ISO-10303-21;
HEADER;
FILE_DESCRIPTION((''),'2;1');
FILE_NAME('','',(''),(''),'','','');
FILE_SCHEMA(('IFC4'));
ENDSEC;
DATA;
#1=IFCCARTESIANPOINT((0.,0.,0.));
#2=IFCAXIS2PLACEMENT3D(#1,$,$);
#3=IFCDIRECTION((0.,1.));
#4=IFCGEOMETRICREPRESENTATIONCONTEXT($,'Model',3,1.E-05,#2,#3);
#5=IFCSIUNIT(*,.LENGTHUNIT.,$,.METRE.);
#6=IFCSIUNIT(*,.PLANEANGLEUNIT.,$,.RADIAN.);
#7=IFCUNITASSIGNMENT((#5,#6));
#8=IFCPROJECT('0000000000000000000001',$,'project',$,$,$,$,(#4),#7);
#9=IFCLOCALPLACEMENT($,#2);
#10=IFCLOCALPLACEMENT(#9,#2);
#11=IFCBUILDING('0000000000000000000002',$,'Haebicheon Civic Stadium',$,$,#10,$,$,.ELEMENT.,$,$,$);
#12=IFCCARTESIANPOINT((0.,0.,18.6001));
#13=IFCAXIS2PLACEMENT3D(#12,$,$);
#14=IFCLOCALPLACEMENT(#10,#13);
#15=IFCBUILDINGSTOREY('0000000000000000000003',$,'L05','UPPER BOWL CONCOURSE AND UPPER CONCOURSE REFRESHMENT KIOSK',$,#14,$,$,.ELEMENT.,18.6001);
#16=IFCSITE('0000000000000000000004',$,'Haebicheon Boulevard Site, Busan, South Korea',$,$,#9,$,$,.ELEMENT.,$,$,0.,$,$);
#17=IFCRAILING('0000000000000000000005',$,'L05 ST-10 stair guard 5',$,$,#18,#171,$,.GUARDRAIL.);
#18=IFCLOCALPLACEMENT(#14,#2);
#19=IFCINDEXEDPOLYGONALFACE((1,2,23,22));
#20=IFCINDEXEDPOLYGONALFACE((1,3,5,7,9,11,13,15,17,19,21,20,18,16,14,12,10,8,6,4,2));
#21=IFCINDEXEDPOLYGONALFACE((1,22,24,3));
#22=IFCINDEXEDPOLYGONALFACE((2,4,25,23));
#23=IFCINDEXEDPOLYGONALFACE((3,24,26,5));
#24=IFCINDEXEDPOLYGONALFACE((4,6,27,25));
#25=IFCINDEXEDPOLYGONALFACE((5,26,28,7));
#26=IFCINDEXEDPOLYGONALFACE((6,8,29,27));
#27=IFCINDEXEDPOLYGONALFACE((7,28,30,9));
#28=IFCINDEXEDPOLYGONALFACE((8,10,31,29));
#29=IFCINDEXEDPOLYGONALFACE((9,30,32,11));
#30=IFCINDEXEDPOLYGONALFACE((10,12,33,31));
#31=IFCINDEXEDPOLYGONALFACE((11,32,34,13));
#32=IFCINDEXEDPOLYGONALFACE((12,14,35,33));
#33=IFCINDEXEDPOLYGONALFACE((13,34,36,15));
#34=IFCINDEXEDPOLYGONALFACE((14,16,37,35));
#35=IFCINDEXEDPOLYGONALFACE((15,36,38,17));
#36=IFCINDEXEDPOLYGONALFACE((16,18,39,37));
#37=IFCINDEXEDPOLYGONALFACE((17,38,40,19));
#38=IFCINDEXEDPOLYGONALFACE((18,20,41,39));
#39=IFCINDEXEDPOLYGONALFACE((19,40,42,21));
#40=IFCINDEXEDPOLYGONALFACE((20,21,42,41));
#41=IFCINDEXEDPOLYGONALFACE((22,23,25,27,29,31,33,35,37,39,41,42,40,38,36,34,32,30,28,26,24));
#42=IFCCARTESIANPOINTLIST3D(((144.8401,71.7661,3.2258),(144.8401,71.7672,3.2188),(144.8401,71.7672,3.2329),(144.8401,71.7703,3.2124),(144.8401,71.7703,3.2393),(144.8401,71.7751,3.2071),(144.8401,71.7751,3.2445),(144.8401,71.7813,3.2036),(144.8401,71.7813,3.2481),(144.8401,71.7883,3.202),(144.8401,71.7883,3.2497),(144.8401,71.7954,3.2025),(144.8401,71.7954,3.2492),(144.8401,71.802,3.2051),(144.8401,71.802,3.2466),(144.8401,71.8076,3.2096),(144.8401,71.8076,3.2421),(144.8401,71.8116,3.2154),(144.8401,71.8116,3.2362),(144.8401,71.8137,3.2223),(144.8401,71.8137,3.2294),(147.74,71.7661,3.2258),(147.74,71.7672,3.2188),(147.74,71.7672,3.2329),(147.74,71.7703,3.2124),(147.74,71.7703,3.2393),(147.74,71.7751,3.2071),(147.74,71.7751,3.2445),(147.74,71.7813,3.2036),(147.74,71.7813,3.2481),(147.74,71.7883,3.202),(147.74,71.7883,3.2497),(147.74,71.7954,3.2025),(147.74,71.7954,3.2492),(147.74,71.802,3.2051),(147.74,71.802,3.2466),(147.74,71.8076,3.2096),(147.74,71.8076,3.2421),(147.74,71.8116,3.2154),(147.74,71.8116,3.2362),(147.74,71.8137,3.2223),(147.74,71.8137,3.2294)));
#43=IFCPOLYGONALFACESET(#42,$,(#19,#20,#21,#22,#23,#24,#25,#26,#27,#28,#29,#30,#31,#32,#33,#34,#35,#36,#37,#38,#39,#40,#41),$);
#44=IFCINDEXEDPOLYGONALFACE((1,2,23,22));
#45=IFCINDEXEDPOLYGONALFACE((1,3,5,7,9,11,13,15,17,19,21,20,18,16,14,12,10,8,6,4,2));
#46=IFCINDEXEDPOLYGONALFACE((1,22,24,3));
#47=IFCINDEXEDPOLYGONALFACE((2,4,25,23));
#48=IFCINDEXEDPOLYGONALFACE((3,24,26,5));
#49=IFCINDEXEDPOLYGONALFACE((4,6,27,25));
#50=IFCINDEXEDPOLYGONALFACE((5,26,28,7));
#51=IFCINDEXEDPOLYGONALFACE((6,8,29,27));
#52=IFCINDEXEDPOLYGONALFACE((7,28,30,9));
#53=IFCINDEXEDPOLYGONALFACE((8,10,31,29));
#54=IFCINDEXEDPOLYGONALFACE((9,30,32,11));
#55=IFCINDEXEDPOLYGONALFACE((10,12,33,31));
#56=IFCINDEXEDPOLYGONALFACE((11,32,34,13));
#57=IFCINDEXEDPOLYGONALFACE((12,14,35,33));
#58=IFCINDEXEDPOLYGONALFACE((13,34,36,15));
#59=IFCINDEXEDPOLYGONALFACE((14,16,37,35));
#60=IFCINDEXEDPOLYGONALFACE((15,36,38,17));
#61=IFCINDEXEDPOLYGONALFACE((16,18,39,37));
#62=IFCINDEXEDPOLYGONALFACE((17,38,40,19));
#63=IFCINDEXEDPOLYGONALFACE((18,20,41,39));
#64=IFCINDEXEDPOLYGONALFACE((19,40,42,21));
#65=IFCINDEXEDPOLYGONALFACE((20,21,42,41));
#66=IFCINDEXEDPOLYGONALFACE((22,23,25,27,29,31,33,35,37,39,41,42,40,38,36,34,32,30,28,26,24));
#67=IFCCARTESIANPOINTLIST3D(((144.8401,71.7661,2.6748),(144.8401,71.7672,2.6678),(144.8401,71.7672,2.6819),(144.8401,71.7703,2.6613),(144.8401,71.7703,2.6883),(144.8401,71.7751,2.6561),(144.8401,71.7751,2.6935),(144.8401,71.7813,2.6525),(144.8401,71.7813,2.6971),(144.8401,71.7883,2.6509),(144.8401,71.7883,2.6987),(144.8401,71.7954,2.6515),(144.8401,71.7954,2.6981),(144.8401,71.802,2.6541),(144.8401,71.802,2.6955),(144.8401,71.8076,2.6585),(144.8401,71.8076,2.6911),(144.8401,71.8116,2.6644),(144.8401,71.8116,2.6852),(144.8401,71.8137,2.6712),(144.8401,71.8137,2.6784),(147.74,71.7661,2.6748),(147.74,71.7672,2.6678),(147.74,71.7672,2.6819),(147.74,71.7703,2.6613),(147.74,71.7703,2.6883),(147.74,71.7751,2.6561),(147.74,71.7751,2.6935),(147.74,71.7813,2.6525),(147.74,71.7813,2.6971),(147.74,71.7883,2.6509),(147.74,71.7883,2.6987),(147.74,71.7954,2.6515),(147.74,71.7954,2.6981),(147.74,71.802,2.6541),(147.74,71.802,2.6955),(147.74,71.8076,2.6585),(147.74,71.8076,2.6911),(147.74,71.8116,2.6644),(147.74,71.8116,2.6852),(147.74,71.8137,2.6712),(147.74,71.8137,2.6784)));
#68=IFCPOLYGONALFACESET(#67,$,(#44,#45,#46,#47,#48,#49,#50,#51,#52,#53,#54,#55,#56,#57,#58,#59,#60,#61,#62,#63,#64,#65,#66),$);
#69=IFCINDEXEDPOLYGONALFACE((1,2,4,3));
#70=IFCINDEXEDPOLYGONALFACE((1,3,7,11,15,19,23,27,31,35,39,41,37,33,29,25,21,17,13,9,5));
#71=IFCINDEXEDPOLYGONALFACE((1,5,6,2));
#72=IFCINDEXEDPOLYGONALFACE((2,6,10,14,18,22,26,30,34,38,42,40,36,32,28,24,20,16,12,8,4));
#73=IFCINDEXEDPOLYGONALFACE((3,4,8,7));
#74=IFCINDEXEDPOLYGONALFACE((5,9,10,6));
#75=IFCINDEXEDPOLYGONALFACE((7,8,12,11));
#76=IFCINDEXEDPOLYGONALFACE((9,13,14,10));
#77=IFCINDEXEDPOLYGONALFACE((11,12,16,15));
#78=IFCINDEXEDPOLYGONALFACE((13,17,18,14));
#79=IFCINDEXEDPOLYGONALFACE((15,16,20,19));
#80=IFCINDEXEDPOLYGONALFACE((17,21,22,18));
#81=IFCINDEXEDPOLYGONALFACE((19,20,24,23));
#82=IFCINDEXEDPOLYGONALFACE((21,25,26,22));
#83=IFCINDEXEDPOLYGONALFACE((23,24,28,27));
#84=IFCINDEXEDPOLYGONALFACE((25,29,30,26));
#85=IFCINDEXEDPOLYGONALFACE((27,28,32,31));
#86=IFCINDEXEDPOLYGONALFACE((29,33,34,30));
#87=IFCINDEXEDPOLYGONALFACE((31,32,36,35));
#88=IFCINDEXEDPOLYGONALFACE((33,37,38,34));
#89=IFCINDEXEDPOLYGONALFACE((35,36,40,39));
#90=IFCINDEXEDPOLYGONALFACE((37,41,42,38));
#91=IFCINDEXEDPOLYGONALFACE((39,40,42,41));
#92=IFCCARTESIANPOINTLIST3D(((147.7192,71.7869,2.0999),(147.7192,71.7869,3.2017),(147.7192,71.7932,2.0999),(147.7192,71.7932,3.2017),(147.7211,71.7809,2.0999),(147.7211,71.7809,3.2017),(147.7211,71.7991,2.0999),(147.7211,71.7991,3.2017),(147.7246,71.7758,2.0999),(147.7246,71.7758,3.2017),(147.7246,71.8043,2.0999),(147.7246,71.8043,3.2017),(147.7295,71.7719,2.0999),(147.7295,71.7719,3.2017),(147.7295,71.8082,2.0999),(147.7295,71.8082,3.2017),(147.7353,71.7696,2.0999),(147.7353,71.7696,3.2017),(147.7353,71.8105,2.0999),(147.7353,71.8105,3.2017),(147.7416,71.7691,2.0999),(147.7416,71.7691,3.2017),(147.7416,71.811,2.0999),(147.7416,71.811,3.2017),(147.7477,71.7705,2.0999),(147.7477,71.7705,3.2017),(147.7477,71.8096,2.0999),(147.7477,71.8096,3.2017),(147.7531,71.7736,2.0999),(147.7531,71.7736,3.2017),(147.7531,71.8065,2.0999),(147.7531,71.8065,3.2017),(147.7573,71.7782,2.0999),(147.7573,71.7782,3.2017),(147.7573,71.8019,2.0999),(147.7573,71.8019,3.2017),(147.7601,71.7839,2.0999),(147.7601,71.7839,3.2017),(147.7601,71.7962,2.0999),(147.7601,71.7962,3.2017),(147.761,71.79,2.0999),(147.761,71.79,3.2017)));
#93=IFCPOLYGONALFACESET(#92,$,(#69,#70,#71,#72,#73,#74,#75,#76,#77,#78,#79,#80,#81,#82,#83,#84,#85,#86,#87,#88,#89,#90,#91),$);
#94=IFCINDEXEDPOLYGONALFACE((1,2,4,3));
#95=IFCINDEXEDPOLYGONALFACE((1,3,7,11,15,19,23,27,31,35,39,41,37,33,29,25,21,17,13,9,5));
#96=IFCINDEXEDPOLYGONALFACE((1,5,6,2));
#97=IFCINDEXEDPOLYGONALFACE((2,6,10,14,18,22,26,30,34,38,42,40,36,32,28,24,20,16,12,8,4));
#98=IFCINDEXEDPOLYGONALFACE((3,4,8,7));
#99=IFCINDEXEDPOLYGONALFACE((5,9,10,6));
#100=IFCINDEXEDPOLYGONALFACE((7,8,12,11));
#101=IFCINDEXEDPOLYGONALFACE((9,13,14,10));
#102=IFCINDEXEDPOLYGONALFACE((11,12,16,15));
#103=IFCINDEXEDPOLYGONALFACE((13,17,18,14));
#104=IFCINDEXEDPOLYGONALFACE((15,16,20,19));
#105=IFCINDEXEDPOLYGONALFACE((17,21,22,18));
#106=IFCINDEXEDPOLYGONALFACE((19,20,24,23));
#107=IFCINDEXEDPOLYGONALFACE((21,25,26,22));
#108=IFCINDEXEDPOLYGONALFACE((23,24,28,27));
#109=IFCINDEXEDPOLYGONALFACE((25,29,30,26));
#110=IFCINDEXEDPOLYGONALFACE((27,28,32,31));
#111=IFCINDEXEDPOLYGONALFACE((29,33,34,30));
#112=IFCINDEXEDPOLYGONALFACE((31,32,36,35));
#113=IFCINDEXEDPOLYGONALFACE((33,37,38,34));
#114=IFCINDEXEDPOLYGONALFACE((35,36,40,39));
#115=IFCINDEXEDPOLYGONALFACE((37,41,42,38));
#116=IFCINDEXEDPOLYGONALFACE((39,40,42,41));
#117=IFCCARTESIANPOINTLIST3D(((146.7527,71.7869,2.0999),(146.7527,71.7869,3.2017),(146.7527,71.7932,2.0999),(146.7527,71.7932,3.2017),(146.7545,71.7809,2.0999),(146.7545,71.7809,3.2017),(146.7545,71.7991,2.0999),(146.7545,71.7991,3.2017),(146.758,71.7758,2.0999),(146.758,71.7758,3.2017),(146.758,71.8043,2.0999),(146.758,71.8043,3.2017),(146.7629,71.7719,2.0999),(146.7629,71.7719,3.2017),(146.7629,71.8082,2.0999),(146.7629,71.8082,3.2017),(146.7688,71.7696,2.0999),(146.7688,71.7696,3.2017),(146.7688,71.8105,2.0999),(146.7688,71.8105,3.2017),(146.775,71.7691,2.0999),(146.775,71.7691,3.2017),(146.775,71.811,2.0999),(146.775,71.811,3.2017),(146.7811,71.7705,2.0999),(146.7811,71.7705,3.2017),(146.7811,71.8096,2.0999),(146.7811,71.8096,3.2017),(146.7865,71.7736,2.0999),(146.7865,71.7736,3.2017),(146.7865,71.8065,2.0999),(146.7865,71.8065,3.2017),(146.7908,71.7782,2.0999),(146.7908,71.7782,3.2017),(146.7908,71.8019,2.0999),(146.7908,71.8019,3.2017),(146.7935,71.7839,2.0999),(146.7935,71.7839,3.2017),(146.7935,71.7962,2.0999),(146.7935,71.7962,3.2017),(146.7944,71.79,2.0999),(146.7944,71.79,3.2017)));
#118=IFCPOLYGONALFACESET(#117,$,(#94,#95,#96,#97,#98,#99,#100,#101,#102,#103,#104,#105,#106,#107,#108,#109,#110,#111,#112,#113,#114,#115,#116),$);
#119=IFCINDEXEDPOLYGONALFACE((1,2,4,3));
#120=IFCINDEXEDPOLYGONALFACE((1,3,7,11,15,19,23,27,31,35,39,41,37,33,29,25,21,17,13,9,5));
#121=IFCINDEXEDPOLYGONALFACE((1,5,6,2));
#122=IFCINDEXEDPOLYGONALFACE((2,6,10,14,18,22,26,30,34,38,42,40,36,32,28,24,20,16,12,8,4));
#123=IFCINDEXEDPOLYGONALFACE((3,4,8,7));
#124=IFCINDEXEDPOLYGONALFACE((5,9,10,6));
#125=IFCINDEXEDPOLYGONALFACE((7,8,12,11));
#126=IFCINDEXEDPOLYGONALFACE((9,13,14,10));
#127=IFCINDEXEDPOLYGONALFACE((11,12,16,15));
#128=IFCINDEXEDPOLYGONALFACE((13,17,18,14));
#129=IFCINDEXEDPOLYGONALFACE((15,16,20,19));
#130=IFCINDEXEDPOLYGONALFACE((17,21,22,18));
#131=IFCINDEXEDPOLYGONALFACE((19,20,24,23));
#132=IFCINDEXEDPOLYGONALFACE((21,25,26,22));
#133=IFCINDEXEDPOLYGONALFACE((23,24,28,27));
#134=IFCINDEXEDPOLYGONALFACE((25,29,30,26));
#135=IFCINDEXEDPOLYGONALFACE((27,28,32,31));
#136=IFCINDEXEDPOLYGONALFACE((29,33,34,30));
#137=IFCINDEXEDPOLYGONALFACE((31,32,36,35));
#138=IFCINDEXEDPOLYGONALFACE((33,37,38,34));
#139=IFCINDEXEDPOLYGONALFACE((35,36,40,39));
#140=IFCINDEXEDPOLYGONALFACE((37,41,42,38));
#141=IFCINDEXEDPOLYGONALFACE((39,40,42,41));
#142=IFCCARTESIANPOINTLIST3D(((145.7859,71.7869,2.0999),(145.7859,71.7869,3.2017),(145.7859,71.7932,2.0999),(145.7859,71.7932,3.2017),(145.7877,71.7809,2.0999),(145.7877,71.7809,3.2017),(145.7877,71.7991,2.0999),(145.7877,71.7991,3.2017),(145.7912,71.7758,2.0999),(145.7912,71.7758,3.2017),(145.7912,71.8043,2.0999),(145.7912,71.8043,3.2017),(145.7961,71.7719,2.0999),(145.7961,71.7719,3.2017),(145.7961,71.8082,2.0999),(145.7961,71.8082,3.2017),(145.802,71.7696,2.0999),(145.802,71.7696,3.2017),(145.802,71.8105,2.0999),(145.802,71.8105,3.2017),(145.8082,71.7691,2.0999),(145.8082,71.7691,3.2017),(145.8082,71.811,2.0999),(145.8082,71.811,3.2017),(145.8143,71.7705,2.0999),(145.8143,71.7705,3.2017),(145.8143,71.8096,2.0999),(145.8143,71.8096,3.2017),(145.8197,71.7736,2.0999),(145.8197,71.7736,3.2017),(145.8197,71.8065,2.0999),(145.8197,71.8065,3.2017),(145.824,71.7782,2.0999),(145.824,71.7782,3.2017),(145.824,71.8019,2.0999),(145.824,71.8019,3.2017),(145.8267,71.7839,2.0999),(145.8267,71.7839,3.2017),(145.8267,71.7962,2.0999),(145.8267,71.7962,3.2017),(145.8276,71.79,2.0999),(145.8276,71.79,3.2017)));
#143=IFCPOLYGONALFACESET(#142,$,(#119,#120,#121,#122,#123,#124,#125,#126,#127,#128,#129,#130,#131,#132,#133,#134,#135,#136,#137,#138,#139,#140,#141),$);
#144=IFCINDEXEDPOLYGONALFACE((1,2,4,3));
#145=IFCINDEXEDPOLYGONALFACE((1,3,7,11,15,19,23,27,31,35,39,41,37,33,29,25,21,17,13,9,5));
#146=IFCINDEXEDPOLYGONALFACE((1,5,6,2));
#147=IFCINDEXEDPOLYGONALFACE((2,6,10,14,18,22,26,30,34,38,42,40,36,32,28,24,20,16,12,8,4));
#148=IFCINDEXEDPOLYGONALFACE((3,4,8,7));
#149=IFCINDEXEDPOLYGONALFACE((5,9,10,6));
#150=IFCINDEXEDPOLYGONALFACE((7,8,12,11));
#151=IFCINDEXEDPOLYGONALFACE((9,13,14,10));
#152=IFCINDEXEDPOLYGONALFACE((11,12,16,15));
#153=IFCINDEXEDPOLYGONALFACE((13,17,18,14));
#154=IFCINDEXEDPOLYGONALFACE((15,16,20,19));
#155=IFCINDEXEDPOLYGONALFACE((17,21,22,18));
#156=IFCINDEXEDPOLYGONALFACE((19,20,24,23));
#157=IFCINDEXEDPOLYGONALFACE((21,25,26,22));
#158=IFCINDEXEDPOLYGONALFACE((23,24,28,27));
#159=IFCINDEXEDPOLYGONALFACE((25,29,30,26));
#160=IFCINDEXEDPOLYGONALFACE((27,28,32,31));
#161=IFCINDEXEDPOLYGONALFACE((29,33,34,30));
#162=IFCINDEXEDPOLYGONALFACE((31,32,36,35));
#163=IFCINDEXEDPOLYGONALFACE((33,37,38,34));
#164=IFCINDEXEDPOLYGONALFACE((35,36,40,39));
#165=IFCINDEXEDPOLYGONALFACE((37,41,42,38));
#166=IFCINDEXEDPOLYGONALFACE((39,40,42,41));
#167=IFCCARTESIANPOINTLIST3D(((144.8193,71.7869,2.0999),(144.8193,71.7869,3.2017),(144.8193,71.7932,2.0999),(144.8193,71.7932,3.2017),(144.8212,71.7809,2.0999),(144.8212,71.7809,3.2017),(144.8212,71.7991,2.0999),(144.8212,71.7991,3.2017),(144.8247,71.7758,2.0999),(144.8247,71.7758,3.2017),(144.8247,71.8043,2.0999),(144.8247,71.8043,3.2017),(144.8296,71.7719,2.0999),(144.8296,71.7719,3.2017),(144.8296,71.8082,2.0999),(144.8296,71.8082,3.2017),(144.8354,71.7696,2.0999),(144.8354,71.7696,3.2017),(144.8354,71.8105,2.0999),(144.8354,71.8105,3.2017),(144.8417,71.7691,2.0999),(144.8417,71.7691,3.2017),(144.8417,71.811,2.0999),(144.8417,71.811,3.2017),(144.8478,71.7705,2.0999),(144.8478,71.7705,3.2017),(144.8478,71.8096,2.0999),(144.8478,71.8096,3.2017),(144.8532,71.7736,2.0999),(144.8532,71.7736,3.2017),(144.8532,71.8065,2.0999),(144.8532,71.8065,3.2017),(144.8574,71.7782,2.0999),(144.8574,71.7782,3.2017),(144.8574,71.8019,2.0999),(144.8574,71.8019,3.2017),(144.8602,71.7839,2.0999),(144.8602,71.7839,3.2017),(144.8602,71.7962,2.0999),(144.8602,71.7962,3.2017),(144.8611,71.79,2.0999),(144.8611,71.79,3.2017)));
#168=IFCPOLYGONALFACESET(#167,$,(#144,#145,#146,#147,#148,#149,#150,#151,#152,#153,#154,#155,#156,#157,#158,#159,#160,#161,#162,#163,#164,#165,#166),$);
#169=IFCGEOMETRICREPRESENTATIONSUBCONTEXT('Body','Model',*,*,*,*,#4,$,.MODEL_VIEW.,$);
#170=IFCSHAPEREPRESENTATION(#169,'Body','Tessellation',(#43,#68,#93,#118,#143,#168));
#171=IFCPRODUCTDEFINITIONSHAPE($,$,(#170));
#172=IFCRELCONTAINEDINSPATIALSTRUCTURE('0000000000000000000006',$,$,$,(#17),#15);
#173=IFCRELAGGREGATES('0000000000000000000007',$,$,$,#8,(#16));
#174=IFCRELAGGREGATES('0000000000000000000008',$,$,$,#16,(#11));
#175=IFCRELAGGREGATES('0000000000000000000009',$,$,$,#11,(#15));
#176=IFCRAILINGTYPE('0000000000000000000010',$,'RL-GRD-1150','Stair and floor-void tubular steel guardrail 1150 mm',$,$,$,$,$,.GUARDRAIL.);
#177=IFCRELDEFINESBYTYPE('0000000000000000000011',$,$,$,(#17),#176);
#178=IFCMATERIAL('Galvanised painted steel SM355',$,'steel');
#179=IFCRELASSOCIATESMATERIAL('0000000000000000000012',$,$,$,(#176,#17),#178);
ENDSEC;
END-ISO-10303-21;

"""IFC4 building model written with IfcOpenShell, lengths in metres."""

from ifc_helpers import new_model, si_unit, direction, frame, origin, origin_2d, place, context, subcontext, project, spatial, circle, extrude, material, type_object, element, save


model = new_model("IFC4")

# Units and contexts
model_context = context("Model", 3, precision=1e-05, world=origin(), true_north=direction((0.0, 1.0)))
body_context = subcontext(model_context, "Body", "Model", "MODEL_VIEW")
ifc_project = project(units=[si_unit("LENGTHUNIT", "METRE"), si_unit("PLANEANGLEUNIT", "RADIAN")], contexts=[model_context])

# Site, building, storey
site_placement = place(None, origin())
site = spatial("IfcSite", under=ifc_project, at=site_placement, Name="Haebicheon Boulevard Site, Busan, South Korea", CompositionType="ELEMENT", RefElevation=0.0)
building_placement = place(site_placement, origin())
building = spatial("IfcBuilding", under=site, at=building_placement, Name="Haebicheon Civic Stadium", CompositionType="ELEMENT")
storey_placement = place(building_placement, frame((0.0, 0.0, 18.6001)))
storey = spatial("IfcBuildingStorey", under=building, at=storey_placement, Name="L05", Description="UPPER BOWL CONCOURSE AND UPPER CONCOURSE REFRESHMENT KIOSK", CompositionType="ELEMENT", Elevation=18.6001)

# Railing
ifc_material_1 = material(Name="Galvanised painted steel SM355", Category="steel")
railing_type_1 = type_object("IfcRailingType", Name="RL-GRD-1150", Description="Stair and floor-void tubular steel guardrail 1150 mm", PredefinedType="GUARDRAIL", material=ifc_material_1)
railing_1_placement = place(storey_placement, frame((147.74, 71.79, 2.0999)))
element("IfcRailing", 1, at=railing_1_placement, inside=storey, type_object=railing_type_1, material=ifc_material_1, Name="L05 ST-10 stair guard 5", PredefinedType="GUARDRAIL", context=body_context, shape_type="SweptSolid", body=[
    extrude(circle(Radius=0.0239, at=origin_2d()), frame((0.0, 0.0, 1.126), z_axis=(-1.0, 0.0, 0.0), x_axis=(0.0, -1.0, 0.0)), (0.0, 0.0, 1.0), 2.8999),
    extrude(circle(Radius=0.0239, at=origin_2d()), frame((0.0, 0.0, 0.575), z_axis=(-1.0, 0.0, 0.0), x_axis=(0.0, -1.0, 0.0)), (0.0, 0.0, 1.0), 2.8999),
    extrude(circle(Radius=0.021, at=origin_2d()), origin(), (0.0, 0.0, 1.0), 1.1018),
    extrude(circle(Radius=0.021, at=origin_2d()), frame((-0.9666, 0.0, 0.0)), (0.0, 0.0, 1.0), 1.1018),
    extrude(circle(Radius=0.021, at=origin_2d()), frame((-1.9333, 0.0, 0.0)), (0.0, 0.0, 1.0), 1.1018),
    extrude(circle(Radius=0.021, at=origin_2d()), frame((-2.8999, 0.0, 0.0)), (0.0, 0.0, 1.0), 1.1018),
])

save(model, "model.ifc")
